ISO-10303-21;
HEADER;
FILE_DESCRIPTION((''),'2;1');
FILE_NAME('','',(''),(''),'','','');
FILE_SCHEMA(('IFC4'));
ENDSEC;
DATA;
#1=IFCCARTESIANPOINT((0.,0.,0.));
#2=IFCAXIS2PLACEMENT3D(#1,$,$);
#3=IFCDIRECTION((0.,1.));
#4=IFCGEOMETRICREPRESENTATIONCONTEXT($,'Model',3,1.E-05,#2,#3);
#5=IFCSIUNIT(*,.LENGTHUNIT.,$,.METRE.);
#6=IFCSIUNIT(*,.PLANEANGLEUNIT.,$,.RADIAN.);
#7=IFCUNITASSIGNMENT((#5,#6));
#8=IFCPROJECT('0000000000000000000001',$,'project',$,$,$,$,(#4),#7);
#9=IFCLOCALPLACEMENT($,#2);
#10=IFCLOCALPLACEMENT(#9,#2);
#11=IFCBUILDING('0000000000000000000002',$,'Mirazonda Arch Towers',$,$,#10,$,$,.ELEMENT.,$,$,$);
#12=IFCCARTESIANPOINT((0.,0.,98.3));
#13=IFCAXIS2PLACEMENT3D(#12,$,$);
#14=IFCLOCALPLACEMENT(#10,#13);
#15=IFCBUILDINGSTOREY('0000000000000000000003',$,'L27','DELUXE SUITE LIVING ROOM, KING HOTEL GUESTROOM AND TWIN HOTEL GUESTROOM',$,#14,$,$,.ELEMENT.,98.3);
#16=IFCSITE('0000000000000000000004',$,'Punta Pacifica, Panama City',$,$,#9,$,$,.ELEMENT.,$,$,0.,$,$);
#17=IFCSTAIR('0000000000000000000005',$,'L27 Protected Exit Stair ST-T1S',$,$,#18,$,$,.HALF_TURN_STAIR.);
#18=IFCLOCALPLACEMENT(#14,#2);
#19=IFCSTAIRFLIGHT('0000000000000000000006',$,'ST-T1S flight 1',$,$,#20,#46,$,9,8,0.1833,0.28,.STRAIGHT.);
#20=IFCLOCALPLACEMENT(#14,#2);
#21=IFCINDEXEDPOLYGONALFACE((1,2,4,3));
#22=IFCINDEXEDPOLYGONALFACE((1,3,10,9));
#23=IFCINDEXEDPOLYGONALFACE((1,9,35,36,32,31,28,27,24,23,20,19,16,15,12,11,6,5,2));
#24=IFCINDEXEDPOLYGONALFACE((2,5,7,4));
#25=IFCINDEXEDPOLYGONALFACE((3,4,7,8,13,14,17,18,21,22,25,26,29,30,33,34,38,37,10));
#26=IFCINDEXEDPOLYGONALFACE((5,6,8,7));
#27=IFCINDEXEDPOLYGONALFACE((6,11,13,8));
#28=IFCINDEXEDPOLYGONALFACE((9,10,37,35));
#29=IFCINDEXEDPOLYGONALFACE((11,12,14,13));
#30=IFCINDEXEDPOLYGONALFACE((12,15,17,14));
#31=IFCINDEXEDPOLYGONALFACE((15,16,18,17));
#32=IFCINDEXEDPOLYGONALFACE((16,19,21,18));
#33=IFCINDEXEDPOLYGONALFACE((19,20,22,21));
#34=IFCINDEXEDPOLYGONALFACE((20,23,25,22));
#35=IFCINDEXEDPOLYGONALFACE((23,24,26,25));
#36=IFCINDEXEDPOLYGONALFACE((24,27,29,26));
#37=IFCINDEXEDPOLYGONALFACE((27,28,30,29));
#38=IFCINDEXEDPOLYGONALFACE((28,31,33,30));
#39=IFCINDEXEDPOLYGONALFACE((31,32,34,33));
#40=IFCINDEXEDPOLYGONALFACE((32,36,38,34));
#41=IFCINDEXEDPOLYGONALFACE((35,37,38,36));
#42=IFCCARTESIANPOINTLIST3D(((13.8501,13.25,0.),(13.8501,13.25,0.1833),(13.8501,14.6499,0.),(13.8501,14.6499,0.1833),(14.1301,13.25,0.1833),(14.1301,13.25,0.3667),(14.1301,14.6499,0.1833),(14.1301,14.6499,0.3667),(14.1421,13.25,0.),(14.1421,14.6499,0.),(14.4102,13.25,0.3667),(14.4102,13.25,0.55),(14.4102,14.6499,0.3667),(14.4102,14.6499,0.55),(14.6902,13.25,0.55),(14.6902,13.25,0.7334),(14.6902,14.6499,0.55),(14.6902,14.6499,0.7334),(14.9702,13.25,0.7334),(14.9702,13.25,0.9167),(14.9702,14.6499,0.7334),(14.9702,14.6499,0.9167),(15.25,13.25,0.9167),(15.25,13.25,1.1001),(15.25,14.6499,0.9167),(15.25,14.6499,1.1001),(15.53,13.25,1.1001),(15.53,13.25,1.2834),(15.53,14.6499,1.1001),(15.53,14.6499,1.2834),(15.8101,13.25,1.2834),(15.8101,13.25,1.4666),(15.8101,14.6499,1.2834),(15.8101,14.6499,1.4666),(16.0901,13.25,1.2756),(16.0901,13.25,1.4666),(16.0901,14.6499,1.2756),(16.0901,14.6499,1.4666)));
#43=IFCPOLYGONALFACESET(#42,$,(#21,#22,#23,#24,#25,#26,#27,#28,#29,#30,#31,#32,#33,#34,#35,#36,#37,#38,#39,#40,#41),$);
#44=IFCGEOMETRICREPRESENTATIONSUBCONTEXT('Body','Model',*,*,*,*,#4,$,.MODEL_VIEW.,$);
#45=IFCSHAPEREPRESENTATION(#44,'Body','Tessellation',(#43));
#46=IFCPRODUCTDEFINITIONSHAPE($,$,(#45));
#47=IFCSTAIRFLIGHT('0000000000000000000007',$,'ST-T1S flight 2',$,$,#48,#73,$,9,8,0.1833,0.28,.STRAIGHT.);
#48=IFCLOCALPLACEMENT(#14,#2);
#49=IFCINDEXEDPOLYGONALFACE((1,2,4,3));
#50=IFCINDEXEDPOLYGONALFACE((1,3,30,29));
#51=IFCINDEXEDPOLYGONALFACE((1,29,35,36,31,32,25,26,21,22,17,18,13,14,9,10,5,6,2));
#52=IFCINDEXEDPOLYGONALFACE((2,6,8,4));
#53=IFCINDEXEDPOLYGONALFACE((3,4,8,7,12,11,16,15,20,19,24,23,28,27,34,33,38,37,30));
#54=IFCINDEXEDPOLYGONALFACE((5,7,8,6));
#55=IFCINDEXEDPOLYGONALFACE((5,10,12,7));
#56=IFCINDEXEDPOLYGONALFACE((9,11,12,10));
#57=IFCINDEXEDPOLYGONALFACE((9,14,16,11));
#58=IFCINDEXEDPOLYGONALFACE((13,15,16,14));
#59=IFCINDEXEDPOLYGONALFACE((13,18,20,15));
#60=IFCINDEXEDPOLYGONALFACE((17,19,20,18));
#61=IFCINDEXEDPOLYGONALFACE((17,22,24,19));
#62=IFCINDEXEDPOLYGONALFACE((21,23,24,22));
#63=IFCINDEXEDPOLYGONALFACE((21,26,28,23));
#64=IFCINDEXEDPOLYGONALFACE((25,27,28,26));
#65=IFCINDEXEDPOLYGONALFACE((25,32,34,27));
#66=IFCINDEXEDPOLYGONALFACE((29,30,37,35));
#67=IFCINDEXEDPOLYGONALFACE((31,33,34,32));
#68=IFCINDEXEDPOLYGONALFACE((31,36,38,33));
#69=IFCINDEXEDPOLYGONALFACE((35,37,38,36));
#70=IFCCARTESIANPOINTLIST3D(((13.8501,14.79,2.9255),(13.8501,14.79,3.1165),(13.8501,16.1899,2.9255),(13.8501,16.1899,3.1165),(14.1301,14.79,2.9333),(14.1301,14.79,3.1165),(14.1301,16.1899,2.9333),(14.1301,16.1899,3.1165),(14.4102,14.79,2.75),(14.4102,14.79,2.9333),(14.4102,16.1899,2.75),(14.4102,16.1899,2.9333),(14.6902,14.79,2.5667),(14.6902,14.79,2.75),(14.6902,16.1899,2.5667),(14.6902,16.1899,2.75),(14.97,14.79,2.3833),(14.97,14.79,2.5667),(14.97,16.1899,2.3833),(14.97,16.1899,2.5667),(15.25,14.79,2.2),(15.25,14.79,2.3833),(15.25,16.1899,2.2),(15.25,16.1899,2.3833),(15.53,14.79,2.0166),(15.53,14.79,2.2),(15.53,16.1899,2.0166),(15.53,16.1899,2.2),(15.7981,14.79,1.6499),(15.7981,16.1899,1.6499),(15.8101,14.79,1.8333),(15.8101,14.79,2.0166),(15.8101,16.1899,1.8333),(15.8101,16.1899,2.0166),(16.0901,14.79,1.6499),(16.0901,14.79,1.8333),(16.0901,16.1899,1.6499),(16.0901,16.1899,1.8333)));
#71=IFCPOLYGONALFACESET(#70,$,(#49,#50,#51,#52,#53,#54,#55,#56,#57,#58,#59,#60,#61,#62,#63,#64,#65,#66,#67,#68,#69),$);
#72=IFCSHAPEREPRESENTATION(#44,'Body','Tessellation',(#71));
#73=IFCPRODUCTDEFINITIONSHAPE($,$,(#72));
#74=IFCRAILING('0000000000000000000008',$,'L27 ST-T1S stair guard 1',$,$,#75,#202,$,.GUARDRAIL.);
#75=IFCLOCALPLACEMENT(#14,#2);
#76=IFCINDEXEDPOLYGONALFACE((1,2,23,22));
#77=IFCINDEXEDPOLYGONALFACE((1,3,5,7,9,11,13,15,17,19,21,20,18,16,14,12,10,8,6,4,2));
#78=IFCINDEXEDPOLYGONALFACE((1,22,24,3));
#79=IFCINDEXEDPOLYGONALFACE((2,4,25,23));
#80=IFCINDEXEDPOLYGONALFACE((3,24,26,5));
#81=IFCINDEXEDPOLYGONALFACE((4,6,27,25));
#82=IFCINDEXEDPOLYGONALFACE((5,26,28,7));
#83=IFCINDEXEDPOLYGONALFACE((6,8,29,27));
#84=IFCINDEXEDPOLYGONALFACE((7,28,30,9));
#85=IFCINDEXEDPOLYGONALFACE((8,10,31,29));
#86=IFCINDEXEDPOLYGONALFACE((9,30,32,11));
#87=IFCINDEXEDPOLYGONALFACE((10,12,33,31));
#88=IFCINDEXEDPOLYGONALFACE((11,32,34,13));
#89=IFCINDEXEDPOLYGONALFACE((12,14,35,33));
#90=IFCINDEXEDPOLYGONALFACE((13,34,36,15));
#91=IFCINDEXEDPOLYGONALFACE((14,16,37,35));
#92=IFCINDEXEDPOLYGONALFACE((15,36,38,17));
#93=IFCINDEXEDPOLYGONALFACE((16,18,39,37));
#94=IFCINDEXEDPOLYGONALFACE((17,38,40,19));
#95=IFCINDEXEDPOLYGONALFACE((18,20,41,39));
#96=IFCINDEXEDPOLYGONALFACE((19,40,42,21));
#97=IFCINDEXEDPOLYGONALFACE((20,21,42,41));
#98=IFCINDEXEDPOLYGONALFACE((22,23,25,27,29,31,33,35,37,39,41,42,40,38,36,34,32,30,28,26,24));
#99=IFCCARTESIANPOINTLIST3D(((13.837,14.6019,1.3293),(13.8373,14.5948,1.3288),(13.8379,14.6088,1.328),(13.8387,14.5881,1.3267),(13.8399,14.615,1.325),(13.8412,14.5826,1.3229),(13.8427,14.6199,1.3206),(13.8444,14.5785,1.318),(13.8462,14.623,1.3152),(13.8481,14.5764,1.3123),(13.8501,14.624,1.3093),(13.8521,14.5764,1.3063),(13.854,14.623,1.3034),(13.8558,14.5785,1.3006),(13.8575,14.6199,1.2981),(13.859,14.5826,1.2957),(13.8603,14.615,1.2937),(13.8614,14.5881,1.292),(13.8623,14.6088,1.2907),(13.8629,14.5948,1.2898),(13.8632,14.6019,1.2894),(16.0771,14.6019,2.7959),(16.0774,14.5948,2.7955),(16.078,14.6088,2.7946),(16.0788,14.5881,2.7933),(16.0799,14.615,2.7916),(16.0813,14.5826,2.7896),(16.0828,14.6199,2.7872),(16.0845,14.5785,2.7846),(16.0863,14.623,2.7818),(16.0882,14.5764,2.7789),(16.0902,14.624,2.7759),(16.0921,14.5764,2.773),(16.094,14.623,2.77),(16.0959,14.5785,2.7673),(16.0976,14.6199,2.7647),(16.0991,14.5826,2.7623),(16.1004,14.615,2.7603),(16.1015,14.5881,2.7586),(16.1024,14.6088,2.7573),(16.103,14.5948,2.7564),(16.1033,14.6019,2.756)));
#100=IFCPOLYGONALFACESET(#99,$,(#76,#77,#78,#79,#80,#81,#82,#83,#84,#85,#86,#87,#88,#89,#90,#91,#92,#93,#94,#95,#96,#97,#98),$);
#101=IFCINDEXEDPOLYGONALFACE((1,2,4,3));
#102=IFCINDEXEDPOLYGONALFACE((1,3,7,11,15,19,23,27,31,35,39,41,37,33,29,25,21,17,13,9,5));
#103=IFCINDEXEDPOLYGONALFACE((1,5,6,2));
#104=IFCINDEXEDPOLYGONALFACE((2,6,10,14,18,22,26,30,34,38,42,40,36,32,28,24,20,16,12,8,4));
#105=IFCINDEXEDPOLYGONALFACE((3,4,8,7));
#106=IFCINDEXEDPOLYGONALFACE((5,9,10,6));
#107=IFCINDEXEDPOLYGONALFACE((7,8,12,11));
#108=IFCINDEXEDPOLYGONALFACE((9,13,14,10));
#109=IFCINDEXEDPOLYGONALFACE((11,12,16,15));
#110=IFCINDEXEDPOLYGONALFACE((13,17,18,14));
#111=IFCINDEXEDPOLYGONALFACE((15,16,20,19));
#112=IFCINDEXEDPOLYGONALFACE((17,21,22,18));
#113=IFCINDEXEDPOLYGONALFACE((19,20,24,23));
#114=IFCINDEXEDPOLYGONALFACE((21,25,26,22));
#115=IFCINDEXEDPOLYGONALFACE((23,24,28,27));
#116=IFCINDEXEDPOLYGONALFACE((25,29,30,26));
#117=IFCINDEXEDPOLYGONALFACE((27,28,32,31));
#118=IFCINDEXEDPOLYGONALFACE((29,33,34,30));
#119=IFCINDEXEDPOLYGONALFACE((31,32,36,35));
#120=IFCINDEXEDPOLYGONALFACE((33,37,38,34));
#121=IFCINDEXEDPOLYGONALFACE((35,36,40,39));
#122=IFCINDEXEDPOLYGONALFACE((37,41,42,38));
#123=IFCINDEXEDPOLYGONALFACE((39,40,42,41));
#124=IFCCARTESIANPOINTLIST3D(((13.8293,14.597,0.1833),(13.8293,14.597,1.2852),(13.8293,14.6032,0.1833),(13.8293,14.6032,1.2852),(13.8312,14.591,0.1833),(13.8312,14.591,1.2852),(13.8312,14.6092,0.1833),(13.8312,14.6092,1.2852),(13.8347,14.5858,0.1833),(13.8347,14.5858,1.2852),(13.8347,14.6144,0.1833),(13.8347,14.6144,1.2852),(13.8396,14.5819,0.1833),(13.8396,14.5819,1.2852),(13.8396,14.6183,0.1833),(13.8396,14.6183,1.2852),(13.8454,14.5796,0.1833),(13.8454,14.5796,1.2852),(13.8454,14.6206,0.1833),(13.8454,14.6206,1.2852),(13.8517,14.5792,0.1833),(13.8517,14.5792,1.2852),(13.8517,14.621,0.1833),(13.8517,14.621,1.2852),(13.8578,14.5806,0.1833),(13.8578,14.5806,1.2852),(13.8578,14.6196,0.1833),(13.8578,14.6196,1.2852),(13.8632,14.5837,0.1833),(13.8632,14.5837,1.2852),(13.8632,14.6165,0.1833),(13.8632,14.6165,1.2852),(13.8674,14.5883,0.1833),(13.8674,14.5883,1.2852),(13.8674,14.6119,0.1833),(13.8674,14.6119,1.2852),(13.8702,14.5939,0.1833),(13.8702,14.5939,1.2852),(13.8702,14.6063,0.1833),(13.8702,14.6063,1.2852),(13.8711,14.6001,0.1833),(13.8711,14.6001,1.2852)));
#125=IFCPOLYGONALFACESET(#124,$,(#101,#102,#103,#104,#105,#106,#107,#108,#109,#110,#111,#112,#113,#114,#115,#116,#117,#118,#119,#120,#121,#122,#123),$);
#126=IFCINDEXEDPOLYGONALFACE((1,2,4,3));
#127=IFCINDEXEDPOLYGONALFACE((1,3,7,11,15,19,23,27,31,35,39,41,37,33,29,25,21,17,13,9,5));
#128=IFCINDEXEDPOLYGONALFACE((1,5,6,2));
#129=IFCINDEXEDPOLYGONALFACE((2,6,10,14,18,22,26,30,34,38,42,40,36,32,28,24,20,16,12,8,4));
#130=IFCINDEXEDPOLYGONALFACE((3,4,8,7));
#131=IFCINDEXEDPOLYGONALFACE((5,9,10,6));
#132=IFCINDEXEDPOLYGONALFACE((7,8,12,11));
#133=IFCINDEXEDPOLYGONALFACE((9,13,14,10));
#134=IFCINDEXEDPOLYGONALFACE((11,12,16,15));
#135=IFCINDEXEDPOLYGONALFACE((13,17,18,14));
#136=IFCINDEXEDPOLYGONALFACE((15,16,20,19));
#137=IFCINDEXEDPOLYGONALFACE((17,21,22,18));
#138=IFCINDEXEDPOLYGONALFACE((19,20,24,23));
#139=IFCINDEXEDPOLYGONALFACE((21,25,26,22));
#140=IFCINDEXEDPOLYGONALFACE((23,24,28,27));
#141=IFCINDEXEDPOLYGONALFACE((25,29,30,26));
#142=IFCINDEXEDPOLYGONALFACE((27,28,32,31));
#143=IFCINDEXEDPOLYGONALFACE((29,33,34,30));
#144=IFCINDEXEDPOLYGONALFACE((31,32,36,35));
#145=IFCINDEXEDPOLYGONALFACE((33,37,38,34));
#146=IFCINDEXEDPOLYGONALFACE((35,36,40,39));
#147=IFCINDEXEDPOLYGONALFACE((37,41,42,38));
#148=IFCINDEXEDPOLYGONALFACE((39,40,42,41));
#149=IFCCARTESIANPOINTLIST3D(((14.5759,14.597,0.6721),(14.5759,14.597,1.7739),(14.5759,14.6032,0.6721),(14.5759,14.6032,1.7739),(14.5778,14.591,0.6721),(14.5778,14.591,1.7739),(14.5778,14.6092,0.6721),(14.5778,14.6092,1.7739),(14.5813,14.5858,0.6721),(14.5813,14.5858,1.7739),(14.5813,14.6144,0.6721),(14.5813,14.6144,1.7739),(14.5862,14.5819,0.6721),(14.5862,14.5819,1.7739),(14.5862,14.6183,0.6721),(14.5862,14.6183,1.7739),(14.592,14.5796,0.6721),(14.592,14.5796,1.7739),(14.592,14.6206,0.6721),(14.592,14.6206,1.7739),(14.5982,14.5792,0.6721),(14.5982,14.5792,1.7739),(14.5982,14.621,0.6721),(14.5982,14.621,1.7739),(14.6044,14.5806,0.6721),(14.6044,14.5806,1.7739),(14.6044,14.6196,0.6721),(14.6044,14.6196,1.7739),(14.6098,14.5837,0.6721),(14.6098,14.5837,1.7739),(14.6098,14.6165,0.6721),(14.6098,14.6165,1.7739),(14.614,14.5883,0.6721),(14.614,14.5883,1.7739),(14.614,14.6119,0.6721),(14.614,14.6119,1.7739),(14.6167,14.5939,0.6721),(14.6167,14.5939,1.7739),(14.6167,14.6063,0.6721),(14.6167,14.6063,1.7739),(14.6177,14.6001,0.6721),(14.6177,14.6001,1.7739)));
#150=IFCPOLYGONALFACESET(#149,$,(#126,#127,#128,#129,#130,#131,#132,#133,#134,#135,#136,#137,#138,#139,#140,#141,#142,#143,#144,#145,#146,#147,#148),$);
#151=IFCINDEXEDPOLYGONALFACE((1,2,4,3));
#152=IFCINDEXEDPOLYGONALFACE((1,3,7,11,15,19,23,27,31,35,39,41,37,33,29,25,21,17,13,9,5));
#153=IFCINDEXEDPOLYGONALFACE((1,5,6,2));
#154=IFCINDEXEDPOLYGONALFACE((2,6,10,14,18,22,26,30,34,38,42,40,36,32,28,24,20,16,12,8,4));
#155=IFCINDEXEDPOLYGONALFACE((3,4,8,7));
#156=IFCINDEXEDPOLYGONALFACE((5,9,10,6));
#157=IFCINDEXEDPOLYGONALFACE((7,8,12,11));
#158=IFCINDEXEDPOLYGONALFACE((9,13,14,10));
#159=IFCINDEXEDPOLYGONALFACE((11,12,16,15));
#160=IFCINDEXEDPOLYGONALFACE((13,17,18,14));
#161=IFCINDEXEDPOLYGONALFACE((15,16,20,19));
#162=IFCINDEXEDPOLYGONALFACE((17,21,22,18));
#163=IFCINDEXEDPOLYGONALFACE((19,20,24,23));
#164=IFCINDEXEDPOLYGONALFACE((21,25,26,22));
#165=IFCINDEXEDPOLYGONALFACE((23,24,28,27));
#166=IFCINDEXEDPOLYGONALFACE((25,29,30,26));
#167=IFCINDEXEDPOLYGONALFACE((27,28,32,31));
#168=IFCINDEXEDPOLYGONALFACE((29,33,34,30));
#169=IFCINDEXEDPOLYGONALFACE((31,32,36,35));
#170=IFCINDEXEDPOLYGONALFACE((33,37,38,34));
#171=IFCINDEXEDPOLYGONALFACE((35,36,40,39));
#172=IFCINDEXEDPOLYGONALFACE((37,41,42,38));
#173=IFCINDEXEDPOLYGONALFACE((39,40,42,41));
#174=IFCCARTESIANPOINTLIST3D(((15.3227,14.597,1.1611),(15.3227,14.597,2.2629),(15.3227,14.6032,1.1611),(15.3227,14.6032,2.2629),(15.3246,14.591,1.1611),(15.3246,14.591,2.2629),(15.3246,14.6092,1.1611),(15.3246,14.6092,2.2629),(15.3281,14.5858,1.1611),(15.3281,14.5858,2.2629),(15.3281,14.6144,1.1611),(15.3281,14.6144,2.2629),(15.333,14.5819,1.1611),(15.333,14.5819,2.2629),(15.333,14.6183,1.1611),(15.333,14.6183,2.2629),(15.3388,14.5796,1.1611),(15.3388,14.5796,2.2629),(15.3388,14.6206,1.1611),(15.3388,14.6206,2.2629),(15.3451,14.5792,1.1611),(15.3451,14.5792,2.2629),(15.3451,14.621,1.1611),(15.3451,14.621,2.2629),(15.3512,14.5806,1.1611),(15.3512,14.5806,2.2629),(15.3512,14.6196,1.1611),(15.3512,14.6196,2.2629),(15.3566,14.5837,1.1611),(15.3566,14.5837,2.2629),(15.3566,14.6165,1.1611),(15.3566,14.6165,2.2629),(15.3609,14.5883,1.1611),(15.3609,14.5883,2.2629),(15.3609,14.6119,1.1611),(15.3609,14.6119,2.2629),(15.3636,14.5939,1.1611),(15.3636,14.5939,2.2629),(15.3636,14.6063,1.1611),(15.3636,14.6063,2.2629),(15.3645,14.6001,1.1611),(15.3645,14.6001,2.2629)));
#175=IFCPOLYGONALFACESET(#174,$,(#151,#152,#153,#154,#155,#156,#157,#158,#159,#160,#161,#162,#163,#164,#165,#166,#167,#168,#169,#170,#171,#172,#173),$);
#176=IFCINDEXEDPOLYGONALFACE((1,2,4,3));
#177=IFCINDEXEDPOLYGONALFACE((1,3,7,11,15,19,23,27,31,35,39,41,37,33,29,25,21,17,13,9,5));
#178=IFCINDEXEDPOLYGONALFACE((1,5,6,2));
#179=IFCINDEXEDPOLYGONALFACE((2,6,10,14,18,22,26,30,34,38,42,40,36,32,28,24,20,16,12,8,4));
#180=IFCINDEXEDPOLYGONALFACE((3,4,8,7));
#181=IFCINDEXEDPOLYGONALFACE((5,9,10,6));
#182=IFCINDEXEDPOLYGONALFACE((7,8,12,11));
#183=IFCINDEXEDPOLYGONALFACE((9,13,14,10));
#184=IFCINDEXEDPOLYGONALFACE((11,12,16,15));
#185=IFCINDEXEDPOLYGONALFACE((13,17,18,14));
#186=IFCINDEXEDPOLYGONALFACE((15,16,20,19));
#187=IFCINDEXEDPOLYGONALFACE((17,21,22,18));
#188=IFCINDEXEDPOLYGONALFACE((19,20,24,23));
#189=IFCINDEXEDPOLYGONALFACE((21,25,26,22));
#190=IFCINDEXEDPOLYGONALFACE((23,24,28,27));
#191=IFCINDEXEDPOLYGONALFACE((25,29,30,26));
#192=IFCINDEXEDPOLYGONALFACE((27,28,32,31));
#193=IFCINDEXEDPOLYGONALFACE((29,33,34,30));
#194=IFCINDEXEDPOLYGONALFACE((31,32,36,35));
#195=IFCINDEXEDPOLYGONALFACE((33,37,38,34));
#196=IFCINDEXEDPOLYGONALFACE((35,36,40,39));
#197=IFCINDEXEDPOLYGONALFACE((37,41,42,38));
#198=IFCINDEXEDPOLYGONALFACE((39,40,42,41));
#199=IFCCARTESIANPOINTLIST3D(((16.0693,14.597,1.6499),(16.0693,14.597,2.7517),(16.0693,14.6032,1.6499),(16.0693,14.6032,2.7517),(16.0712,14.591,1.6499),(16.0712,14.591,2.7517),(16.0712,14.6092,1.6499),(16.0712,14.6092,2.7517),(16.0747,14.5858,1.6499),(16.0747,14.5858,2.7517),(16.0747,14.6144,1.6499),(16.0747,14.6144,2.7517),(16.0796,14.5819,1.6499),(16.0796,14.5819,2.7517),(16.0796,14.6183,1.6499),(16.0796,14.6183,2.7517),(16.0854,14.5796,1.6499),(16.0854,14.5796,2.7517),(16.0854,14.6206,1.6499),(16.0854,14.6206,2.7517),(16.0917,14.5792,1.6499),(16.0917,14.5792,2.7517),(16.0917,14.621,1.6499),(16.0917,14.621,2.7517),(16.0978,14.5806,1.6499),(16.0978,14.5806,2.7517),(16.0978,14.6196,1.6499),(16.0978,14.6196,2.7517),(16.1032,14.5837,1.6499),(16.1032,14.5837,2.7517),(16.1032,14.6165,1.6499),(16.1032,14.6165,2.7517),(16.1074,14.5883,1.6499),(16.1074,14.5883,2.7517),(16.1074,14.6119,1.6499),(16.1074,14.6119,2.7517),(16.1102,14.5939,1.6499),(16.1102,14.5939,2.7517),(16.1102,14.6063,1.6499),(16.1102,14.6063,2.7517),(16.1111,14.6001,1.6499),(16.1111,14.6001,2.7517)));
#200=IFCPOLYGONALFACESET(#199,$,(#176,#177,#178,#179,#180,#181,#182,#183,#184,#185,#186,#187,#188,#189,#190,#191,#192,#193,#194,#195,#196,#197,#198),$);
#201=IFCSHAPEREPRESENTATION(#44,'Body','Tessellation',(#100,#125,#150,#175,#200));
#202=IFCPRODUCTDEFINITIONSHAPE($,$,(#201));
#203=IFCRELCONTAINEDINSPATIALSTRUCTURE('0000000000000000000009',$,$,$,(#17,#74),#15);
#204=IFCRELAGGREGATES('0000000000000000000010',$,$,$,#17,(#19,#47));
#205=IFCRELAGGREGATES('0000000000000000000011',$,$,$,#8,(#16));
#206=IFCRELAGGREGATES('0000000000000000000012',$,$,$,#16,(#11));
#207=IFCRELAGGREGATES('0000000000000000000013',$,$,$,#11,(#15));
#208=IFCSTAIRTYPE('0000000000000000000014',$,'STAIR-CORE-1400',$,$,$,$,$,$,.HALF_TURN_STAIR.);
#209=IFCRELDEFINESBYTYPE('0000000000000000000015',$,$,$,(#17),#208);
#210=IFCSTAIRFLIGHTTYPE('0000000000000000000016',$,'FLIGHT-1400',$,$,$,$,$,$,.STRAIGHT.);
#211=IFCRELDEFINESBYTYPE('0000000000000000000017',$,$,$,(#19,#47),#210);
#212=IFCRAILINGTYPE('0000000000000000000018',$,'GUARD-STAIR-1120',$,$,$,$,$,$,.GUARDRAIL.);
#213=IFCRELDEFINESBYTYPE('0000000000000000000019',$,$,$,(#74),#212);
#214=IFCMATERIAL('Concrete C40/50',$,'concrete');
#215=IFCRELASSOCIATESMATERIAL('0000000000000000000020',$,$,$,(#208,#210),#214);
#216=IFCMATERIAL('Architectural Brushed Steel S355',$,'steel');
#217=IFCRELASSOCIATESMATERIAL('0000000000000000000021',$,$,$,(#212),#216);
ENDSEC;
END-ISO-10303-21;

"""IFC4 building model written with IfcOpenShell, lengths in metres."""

from ifc_helpers import new_model, si_unit, direction, frame, origin, origin_2d, place, context, subcontext, project, spatial, polyline, circle, outline, extrude, material, type_object, element, aggregate, save


model = new_model("IFC4")

# Units and contexts
model_context = context("Model", 3, precision=1e-05, world=origin(), true_north=direction((0.0, 1.0)))
body_context = subcontext(model_context, "Body", "Model", "MODEL_VIEW")
ifc_project = project(units=[si_unit("LENGTHUNIT", "METRE"), si_unit("PLANEANGLEUNIT", "RADIAN")], contexts=[model_context])

# Site, building, storey
site_placement = place(None, origin())
site = spatial("IfcSite", under=ifc_project, at=site_placement, Name="Punta Pacifica, Panama City", CompositionType="ELEMENT", RefElevation=0.0)
building_placement = place(site_placement, origin())
building = spatial("IfcBuilding", under=site, at=building_placement, Name="Mirazonda Arch Towers", CompositionType="ELEMENT")
storey_placement = place(building_placement, frame((0.0, 0.0, 98.3)))
storey = spatial("IfcBuildingStorey", under=building, at=storey_placement, Name="L27", Description="DELUXE SUITE LIVING ROOM, KING HOTEL GUESTROOM AND TWIN HOTEL GUESTROOM", CompositionType="ELEMENT", Elevation=98.3)

# Shared definitions
ifc_material_1 = material(Name="Architectural Brushed Steel S355", Category="steel")

# Shared definitions
ifc_material_2 = material(Name="Concrete C40/50", Category="concrete")

# Stair, stair flights
stair_type = type_object("IfcStairType", Name="STAIR-CORE-1400", PredefinedType="HALF_TURN_STAIR", material=ifc_material_2)
stair_placement = place(storey_placement, origin())
stair = element("IfcStair", 1, at=stair_placement, inside=storey, type_object=stair_type, Name="L27 Protected Exit Stair ST-T1S", PredefinedType="HALF_TURN_STAIR")
stair_flight_type = type_object("IfcStairFlightType", Name="FLIGHT-1400", PredefinedType="STRAIGHT", material=ifc_material_2)
stair_flight_1_placement = place(storey_placement, frame((13.8501, 13.95, 0.0), z_axis=(0.0, 0.0, 1.0), x_axis=(1.0, 0.0, 0.0)))
stair_flight_1 = element("IfcStairFlight", 2, at=stair_flight_1_placement, type_object=stair_flight_type, Name="ST-T1S flight 1", NumberOfRisers=9, NumberOfTreads=8, PredefinedType="STRAIGHT", RiserHeight=0.1833, TreadLength=0.28, context=body_context, shape_type="SweptSolid", body=[
    extrude(outline(polyline([(0.0, 0.0), (0.0, 0.1833), (0.28, 0.1833), (0.28, 0.3667), (0.5601, 0.3667), (0.5601, 0.55), (0.8401, 0.55), (0.8401, 0.7334), (1.1201, 0.7334), (1.1201, 0.9167), (1.3999, 0.9167), (1.3999, 1.1001), (1.6799, 1.1001), (1.6799, 1.2834), (1.96, 1.2834), (1.96, 1.4666), (2.24, 1.4666), (2.24, 1.6499), (2.24, 1.2756), (0.292, 0.0), (0.0, 0.0)])), frame((0.0, 0.7, 0.0), z_axis=(0.0, -1.0, 0.0), x_axis=(1.0, 0.0, 0.0)), (0.0, 0.0, 1.0), 1.3999),
])
stair_flight_2_placement = place(storey_placement, frame((16.0901, 15.49, 1.6499), z_axis=(0.0, 0.0, 1.0), x_axis=(-1.0, 0.0, 0.0)))
stair_flight_2 = element("IfcStairFlight", 3, at=stair_flight_2_placement, type_object=stair_flight_type, Name="ST-T1S flight 2", NumberOfRisers=9, NumberOfTreads=8, PredefinedType="STRAIGHT", RiserHeight=0.1833, TreadLength=0.28, context=body_context, shape_type="SweptSolid", body=[
    extrude(outline(polyline([(0.0, 0.0), (0.0, 0.1833), (0.28, 0.1833), (0.28, 0.3667), (0.5601, 0.3667), (0.5601, 0.55), (0.8401, 0.55), (0.8401, 0.7334), (1.1201, 0.7334), (1.1201, 0.9167), (1.3999, 0.9167), (1.3999, 1.1001), (1.6799, 1.1001), (1.6799, 1.2834), (1.96, 1.2834), (1.96, 1.4666), (2.24, 1.4666), (2.24, 1.6499), (2.24, 1.2756), (0.292, 0.0), (0.0, 0.0)])), frame((0.0, 0.7, 0.0), z_axis=(0.0, -1.0, 0.0), x_axis=(1.0, 0.0, 0.0)), (0.0, 0.0, 1.0), 1.3999),
])
aggregate(stair, [stair_flight_1, stair_flight_2])

# Railing
railing_type_1 = type_object("IfcRailingType", Name="GUARD-STAIR-1120", PredefinedType="GUARDRAIL", material=ifc_material_1)
railing_1_placement = place(storey_placement, frame((13.8501, 14.6001, 0.1833)))
element("IfcRailing", 4, at=railing_1_placement, inside=storey, type_object=railing_type_1, Name="L27 ST-T1S stair guard 1", PredefinedType="GUARDRAIL", context=body_context, shape_type="SweptSolid", body=[
    extrude(circle(Radius=0.0239, at=origin_2d()), frame((0.0, 0.0, 1.126), z_axis=(0.836637, 0.0, 0.547758), x_axis=(0.0, 1.0, 0.0)), (0.0, 0.0, 1.0), 2.6775),
    extrude(circle(Radius=0.021, at=origin_2d()), origin(), (0.0, 0.0, 1.0), 1.1018),
    extrude(circle(Radius=0.021, at=origin_2d()), frame((0.7466, 0.0, 0.4888)), (0.0, 0.0, 1.0), 1.1018),
    extrude(circle(Radius=0.021, at=origin_2d()), frame((1.4934, 0.0, 0.9778)), (0.0, 0.0, 1.0), 1.1018),
    extrude(circle(Radius=0.021, at=origin_2d()), frame((2.24, 0.0, 1.4666)), (0.0, 0.0, 1.0), 1.1018),
])

save(model, "model.ifc")
